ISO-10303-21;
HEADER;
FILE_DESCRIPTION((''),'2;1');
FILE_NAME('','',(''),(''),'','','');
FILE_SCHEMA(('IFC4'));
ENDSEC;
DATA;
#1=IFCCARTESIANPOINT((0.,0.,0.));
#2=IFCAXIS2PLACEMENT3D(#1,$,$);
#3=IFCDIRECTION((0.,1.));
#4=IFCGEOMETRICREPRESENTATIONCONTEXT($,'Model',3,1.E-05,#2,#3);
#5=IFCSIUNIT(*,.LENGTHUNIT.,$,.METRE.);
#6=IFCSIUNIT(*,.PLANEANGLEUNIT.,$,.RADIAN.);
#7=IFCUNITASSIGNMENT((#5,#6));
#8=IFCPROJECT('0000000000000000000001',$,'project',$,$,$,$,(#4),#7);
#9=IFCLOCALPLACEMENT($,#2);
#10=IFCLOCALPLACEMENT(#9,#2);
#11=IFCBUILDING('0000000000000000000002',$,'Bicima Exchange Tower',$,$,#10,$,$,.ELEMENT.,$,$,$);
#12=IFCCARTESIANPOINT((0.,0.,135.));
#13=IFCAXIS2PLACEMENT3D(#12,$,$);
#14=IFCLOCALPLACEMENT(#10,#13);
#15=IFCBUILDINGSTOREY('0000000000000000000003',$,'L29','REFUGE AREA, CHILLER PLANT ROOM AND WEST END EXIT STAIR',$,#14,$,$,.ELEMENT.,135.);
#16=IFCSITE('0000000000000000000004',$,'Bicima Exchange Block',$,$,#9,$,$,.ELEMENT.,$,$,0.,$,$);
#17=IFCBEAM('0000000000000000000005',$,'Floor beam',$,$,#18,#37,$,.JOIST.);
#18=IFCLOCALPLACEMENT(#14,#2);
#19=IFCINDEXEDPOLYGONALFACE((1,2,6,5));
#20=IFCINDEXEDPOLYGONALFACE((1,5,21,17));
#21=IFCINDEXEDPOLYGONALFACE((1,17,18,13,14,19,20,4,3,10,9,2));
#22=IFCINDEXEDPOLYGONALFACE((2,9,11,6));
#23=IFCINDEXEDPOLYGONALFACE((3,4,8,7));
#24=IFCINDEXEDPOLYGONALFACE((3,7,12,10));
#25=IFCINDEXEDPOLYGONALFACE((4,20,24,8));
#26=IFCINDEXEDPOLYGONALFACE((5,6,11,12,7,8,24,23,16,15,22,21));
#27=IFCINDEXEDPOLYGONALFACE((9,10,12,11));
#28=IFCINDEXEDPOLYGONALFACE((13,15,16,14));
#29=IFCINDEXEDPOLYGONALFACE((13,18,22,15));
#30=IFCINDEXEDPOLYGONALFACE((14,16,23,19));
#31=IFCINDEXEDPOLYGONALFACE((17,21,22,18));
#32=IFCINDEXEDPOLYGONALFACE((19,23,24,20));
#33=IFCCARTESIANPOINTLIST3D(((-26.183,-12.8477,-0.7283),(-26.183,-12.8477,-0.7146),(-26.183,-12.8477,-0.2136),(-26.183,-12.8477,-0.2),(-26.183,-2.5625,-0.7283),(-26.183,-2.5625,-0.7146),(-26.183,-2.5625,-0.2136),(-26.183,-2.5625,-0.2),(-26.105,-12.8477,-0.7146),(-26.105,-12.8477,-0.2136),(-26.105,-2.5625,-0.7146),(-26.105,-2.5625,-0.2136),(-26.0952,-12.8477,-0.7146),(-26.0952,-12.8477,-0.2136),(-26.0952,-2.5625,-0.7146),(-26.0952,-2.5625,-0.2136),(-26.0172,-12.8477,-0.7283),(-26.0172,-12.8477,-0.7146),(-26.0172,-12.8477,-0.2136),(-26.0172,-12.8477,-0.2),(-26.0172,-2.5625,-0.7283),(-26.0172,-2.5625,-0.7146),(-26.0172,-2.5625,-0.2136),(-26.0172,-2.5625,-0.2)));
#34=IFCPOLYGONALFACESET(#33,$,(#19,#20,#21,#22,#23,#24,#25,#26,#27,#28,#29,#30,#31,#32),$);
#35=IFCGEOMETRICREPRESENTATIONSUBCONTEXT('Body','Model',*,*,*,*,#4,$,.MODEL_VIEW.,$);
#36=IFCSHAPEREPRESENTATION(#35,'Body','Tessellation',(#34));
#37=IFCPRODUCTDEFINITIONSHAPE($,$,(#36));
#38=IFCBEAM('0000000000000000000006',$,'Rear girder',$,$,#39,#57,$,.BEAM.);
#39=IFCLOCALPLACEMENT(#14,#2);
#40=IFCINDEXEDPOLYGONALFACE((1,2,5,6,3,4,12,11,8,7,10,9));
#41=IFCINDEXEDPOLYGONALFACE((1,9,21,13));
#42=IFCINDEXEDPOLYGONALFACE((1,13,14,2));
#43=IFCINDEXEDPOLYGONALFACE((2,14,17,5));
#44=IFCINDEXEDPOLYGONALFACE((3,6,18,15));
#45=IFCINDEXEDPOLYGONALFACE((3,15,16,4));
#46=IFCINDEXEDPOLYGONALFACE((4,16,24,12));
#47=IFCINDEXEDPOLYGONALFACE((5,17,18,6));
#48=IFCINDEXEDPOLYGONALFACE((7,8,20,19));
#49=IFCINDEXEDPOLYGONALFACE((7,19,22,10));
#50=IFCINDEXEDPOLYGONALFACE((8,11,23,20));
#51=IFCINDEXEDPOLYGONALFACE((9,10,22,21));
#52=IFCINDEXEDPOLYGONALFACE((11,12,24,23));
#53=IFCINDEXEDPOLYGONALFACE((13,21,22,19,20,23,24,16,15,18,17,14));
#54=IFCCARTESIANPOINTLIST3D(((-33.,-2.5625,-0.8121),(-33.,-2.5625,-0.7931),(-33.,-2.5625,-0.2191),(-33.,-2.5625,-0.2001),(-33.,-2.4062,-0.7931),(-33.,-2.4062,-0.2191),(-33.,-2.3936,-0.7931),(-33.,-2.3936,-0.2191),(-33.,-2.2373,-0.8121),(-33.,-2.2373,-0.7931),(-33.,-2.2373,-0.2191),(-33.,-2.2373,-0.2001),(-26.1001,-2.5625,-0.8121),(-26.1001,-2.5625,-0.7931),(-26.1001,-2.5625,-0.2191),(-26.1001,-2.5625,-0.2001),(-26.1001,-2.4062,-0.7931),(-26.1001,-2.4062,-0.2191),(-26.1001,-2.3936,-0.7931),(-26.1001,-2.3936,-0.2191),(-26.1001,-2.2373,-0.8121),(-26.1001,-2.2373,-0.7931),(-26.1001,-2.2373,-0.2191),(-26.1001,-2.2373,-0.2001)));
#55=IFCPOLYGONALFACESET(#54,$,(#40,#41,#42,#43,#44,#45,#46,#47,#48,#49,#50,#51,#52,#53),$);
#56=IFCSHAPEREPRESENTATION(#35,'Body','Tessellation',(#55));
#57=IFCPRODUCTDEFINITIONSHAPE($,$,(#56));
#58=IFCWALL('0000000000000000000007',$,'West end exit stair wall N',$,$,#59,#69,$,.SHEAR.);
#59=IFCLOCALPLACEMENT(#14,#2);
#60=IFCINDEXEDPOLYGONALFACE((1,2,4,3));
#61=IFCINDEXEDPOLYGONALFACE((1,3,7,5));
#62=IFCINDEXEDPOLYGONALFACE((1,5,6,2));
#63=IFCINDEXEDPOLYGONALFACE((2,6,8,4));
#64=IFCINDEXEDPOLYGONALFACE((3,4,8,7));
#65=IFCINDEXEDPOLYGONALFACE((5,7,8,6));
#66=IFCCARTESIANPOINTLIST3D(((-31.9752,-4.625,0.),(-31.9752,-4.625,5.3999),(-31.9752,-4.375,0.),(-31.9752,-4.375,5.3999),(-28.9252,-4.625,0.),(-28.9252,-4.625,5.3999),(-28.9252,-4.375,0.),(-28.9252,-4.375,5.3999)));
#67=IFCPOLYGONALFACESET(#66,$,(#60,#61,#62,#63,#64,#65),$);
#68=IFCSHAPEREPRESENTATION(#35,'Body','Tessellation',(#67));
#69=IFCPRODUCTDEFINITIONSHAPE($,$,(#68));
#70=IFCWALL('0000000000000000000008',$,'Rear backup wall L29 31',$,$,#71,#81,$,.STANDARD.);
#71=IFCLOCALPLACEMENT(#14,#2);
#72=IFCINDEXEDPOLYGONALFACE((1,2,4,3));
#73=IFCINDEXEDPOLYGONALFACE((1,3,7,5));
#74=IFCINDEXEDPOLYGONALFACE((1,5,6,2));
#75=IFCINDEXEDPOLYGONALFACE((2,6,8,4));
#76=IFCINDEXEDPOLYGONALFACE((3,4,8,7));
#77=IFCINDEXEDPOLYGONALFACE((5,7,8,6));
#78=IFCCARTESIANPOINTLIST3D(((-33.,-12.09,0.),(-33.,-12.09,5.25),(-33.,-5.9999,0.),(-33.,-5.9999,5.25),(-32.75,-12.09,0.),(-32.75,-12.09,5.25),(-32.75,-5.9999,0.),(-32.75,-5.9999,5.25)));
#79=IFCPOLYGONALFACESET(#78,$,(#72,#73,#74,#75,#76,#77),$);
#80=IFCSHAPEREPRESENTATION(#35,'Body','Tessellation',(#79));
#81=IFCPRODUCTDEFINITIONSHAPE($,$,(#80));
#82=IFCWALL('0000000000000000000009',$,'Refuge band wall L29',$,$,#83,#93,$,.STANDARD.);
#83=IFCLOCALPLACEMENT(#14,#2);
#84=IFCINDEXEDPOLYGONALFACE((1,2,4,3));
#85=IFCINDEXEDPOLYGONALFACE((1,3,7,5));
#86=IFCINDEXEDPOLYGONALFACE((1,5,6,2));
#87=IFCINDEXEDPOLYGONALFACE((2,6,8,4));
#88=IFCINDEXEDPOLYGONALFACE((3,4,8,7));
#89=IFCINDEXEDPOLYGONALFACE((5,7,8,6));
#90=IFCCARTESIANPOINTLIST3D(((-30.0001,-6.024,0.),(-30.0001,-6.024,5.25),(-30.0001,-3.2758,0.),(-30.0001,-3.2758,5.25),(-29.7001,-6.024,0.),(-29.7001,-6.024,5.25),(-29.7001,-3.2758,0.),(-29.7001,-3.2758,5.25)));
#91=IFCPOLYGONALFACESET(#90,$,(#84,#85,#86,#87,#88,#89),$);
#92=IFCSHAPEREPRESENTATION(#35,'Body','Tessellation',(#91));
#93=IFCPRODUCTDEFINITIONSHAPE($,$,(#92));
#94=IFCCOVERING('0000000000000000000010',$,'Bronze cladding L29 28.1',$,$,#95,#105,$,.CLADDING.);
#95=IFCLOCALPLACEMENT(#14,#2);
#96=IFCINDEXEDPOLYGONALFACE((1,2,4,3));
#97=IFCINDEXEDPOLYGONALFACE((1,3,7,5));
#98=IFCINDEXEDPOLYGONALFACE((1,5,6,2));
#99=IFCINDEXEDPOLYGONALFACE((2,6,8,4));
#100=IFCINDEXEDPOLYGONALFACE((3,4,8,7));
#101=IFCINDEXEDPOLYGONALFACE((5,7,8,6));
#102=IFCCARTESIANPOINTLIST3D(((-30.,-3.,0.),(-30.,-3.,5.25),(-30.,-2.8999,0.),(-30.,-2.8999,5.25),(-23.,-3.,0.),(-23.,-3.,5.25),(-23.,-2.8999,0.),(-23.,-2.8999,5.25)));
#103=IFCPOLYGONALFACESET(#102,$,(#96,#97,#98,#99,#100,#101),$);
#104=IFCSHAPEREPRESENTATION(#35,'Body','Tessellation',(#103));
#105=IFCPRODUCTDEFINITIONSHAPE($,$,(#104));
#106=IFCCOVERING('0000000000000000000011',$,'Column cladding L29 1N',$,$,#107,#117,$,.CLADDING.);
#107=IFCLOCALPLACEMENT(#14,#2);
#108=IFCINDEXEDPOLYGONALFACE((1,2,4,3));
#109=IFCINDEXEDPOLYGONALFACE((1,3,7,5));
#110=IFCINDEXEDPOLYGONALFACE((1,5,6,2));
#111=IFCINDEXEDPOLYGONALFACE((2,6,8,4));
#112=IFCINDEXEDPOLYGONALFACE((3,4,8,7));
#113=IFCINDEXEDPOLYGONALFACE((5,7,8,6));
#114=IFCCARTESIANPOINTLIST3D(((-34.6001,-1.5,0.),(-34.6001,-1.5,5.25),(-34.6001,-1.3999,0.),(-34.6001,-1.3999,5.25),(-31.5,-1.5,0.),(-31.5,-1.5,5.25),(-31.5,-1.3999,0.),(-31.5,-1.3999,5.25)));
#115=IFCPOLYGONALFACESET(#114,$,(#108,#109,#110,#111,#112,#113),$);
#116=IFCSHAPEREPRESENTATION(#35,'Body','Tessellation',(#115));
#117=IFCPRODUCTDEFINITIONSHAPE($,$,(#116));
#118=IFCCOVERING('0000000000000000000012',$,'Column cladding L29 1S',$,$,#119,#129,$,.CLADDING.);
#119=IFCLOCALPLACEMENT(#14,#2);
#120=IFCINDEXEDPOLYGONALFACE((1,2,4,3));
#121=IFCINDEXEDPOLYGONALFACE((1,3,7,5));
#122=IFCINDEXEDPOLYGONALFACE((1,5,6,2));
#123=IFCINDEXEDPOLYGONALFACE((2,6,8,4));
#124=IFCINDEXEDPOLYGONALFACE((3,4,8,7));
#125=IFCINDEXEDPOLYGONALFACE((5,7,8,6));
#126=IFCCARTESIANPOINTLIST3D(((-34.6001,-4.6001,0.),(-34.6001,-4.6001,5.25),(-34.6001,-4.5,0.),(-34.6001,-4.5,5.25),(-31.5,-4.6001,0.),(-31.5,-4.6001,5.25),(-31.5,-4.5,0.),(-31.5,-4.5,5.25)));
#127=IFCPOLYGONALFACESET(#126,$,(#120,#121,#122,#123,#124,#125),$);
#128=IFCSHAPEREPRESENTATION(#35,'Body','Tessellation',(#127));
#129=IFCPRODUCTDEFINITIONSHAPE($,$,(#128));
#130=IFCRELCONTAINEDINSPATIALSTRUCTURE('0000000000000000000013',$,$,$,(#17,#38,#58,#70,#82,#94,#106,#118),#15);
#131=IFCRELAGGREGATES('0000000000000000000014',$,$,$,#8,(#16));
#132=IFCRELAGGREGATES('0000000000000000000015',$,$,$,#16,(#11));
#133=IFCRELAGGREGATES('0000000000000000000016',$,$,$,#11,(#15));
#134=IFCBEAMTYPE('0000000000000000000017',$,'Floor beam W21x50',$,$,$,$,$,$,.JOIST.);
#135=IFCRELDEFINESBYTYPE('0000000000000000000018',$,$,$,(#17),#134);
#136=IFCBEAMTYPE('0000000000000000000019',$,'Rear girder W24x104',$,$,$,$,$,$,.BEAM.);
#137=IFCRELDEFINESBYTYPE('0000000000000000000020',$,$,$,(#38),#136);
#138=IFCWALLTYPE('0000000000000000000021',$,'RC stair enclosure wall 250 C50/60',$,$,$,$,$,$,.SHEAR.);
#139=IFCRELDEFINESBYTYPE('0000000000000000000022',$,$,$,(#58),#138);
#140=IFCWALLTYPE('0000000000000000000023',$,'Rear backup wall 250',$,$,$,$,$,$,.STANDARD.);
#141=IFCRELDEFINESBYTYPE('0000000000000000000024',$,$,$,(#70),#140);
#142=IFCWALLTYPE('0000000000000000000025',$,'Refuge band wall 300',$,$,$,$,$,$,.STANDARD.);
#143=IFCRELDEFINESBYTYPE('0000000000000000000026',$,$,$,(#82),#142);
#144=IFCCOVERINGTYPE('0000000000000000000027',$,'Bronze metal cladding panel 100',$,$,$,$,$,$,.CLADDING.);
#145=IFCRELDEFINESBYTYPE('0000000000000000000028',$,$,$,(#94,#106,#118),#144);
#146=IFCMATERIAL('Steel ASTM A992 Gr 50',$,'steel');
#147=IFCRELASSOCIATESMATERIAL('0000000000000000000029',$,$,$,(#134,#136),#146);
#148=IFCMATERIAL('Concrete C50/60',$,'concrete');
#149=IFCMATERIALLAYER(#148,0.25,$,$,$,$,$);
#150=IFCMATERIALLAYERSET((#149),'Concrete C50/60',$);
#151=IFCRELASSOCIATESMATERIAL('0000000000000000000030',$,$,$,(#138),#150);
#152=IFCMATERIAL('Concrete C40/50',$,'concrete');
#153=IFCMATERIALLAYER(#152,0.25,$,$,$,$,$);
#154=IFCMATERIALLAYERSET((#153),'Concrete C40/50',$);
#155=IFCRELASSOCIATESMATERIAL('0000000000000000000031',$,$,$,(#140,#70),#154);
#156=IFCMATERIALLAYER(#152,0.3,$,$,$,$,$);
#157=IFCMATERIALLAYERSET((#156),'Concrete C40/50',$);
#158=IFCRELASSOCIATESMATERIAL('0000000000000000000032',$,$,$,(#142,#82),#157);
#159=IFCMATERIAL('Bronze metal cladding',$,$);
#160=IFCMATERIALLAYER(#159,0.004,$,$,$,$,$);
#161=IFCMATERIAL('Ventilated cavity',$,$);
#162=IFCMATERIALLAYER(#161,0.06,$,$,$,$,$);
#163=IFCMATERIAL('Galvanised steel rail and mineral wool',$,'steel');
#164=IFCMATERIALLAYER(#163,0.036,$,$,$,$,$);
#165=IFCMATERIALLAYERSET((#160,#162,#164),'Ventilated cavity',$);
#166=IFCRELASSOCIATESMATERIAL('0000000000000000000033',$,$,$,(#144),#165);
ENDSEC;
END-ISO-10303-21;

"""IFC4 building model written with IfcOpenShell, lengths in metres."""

from ifc_helpers import new_model, si_unit, direction, frame, frame_2d, origin, origin_2d, place, context, subcontext, project, spatial, rectangle, i_section, extrude, material, layer, layer_set, layer_usage, material_profile, profile_set, type_object, element, save


model = new_model("IFC4")

# Units and contexts
model_context = context("Model", 3, precision=1e-05, world=origin(), true_north=direction((0.0, 1.0)))
body_context = subcontext(model_context, "Body", "Model", "MODEL_VIEW")
ifc_project = project(units=[si_unit("LENGTHUNIT", "METRE"), si_unit("PLANEANGLEUNIT", "RADIAN")], contexts=[model_context])

# Site, building, storey
site_placement = place(None, origin())
site = spatial("IfcSite", under=ifc_project, at=site_placement, Name="Bicima Exchange Block", CompositionType="ELEMENT", RefElevation=0.0)
building_placement = place(site_placement, origin())
building = spatial("IfcBuilding", under=site, at=building_placement, Name="Bicima Exchange Tower", CompositionType="ELEMENT")
storey_placement = place(building_placement, frame((0.0, 0.0, 135.0)))
storey = spatial("IfcBuildingStorey", under=building, at=storey_placement, Name="L29", Description="REFUGE AREA, CHILLER PLANT ROOM AND WEST END EXIT STAIR", CompositionType="ELEMENT", Elevation=135.0)

# Shared definitions
ifc_material_1 = material(Name="Steel ASTM A992 Gr 50", Category="steel")

# Beams
ifc_material_profile_1 = material_profile(ifc_material_1, i_section(OverallWidth=0.1658, OverallDepth=0.5283, WebThickness=0.0098, FlangeThickness=0.0137, at=origin_2d()))
ifc_profile_set_1 = profile_set([ifc_material_profile_1], Name="Steel ASTM A992 Gr 50")
beam_type_1 = type_object("IfcBeamType", Name="Floor beam W21x50", PredefinedType="JOIST", material=ifc_profile_set_1)
beam_1_placement = place(storey_placement, frame((-26.1001, -2.5625, -0.4641), z_axis=(0.0, -1.0, 0.0), x_axis=(1.0, 0.0, 0.0)))
element("IfcBeam", 1, at=beam_1_placement, inside=storey, type_object=beam_type_1, Name="Floor beam", PredefinedType="JOIST", context=body_context, shape_type="SweptSolid", body=[
    extrude(i_section(OverallWidth=0.1658, OverallDepth=0.5283, WebThickness=0.0098, FlangeThickness=0.0137, at=origin_2d()), origin(), (0.0, 0.0, 1.0), 10.2852),
])
ifc_material_profile_2 = material_profile(ifc_material_1, i_section(OverallWidth=0.3252, OverallDepth=0.6121, WebThickness=0.0127, FlangeThickness=0.019, at=origin_2d()))
ifc_profile_set_2 = profile_set([ifc_material_profile_2], Name="Steel ASTM A992 Gr 50")
beam_type_2 = type_object("IfcBeamType", Name="Rear girder W24x104", PredefinedType="BEAM", material=ifc_profile_set_2)
beam_2_placement = place(storey_placement, frame((-26.1001, -2.3999, -0.5061), z_axis=(-1.0, 0.0, 0.0), x_axis=(0.0, -1.0, 0.0)))
element("IfcBeam", 2, at=beam_2_placement, inside=storey, type_object=beam_type_2, Name="Rear girder", PredefinedType="BEAM", context=body_context, shape_type="SweptSolid", body=[
    extrude(i_section(OverallWidth=0.3252, OverallDepth=0.6121, WebThickness=0.0127, FlangeThickness=0.019, at=origin_2d()), origin(), (0.0, 0.0, 1.0), 6.8999),
])

# Walls
ifc_material_2 = material(Name="Concrete C50/60", Category="concrete")
ifc_layer_1 = layer(ifc_material_2, 0.25)
ifc_layer_set_1 = layer_set([ifc_layer_1], Name="Concrete C50/60")
wall_type_1 = type_object("IfcWallType", Name="RC stair enclosure wall 250 C50/60", PredefinedType="SHEAR", material=ifc_layer_set_1)
wall_1_placement = place(storey_placement, frame((-31.9751, -4.5, 0.0), z_axis=(0.0, 0.0, 1.0), x_axis=(1.0, 0.0, 0.0)))
element("IfcWall", 3, at=wall_1_placement, inside=storey, type_object=wall_type_1, Name="West end exit stair wall N", PredefinedType="SHEAR", context=body_context, shape_type="SweptSolid", body=[
    extrude(rectangle(XDim=3.05, YDim=0.25, at=frame_2d((1.5249, 0.0))), origin(), (0.0, 0.0, 1.0), 5.3999),
])
ifc_material_3 = material(Name="Concrete C40/50", Category="concrete")
ifc_layer_2 = layer(ifc_material_3, 0.25)
ifc_layer_set_2 = layer_set([ifc_layer_2], Name="Concrete C40/50")
ifc_layer_usage_1 = layer_usage(ifc_layer_set_2, "AXIS2", "POSITIVE", -0.125)
wall_type_2 = type_object("IfcWallType", Name="Rear backup wall 250", PredefinedType="STANDARD", material=ifc_layer_set_2)
wall_2_placement = place(storey_placement, frame((-32.875, -6.0, 0.0), z_axis=(0.0, 0.0, 1.0), x_axis=(0.0, -1.0, 0.0)))
element("IfcWall", 4, at=wall_2_placement, inside=storey, type_object=wall_type_2, material=ifc_layer_usage_1, Name="Rear backup wall L29 31", PredefinedType="STANDARD", context=body_context, shape_type="SweptSolid", body=[
    extrude(rectangle(XDim=6.0901, YDim=0.25, at=frame_2d((3.0449, 0.0))), origin(), (0.0, 0.0, 1.0), 5.25),
])
ifc_layer_3 = layer(ifc_material_3, 0.3)
ifc_layer_set_3 = layer_set([ifc_layer_3], Name="Concrete C40/50")
ifc_layer_usage_2 = layer_usage(ifc_layer_set_3, "AXIS2", "POSITIVE", -0.15)
wall_type_3 = type_object("IfcWallType", Name="Refuge band wall 300", PredefinedType="STANDARD", material=ifc_layer_set_3)
wall_3_placement = place(storey_placement, frame((-29.8501, -3.2759, 0.0), z_axis=(0.0, 0.0, 1.0), x_axis=(0.0, -1.0, 0.0)))
element("IfcWall", 5, at=wall_3_placement, inside=storey, type_object=wall_type_3, material=ifc_layer_usage_2, Name="Refuge band wall L29", PredefinedType="STANDARD", context=body_context, shape_type="SweptSolid", body=[
    extrude(rectangle(XDim=2.7483, YDim=0.3, at=frame_2d((1.374, 0.0))), origin(), (0.0, 0.0, 1.0), 5.25),
])

# Coverings
ifc_material_4 = material(Name="Bronze metal cladding")
ifc_layer_4 = layer(ifc_material_4, 0.004)
ifc_material_5 = material(Name="Ventilated cavity")
ifc_layer_5 = layer(ifc_material_5, 0.06)
ifc_material_6 = material(Name="Galvanised steel rail and mineral wool", Category="steel")
ifc_layer_6 = layer(ifc_material_6, 0.036)
ifc_layer_set_4 = layer_set([ifc_layer_4, ifc_layer_5, ifc_layer_6], Name="Ventilated cavity")
covering_type = type_object("IfcCoveringType", Name="Bronze metal cladding panel 100", PredefinedType="CLADDING", material=ifc_layer_set_4)
covering_placement = place(storey_placement, frame((-26.5, -2.95, 0.0), z_axis=(0.0, 0.0, 1.0), x_axis=(-1.0, 0.0, 0.0)))
element("IfcCovering", 6, at=covering_placement, inside=storey, type_object=covering_type, Name="Bronze cladding L29 28.1", PredefinedType="CLADDING", context=body_context, shape_type="SweptSolid", body=[
    extrude(rectangle(XDim=7.0, YDim=0.1001, at=origin_2d()), origin(), (0.0, 0.0, 1.0), 5.25),
])
for number, where, z_axis, x_axis, name in (
    (7, (-33.05, -1.45, 0.0), (0.0, 0.0, 1.0), (1.0, 0.0, 0.0), "Column cladding L29 1N"),
    (8, (-33.05, -4.55, 0.0), (0.0, 0.0, 1.0), (1.0, 0.0, 0.0), "Column cladding L29 1S"),
):
    element("IfcCovering", number, at=place(storey_placement, frame(where, z_axis=z_axis, x_axis=x_axis)), inside=storey, type_object=covering_type, Name=name, PredefinedType="CLADDING", context=body_context, shape_type="SweptSolid", body=[
        extrude(rectangle(XDim=3.1001, YDim=0.1001, at=origin_2d()), origin(), (0.0, 0.0, 1.0), 5.25),
    ])

save(model, "model.ifc")
